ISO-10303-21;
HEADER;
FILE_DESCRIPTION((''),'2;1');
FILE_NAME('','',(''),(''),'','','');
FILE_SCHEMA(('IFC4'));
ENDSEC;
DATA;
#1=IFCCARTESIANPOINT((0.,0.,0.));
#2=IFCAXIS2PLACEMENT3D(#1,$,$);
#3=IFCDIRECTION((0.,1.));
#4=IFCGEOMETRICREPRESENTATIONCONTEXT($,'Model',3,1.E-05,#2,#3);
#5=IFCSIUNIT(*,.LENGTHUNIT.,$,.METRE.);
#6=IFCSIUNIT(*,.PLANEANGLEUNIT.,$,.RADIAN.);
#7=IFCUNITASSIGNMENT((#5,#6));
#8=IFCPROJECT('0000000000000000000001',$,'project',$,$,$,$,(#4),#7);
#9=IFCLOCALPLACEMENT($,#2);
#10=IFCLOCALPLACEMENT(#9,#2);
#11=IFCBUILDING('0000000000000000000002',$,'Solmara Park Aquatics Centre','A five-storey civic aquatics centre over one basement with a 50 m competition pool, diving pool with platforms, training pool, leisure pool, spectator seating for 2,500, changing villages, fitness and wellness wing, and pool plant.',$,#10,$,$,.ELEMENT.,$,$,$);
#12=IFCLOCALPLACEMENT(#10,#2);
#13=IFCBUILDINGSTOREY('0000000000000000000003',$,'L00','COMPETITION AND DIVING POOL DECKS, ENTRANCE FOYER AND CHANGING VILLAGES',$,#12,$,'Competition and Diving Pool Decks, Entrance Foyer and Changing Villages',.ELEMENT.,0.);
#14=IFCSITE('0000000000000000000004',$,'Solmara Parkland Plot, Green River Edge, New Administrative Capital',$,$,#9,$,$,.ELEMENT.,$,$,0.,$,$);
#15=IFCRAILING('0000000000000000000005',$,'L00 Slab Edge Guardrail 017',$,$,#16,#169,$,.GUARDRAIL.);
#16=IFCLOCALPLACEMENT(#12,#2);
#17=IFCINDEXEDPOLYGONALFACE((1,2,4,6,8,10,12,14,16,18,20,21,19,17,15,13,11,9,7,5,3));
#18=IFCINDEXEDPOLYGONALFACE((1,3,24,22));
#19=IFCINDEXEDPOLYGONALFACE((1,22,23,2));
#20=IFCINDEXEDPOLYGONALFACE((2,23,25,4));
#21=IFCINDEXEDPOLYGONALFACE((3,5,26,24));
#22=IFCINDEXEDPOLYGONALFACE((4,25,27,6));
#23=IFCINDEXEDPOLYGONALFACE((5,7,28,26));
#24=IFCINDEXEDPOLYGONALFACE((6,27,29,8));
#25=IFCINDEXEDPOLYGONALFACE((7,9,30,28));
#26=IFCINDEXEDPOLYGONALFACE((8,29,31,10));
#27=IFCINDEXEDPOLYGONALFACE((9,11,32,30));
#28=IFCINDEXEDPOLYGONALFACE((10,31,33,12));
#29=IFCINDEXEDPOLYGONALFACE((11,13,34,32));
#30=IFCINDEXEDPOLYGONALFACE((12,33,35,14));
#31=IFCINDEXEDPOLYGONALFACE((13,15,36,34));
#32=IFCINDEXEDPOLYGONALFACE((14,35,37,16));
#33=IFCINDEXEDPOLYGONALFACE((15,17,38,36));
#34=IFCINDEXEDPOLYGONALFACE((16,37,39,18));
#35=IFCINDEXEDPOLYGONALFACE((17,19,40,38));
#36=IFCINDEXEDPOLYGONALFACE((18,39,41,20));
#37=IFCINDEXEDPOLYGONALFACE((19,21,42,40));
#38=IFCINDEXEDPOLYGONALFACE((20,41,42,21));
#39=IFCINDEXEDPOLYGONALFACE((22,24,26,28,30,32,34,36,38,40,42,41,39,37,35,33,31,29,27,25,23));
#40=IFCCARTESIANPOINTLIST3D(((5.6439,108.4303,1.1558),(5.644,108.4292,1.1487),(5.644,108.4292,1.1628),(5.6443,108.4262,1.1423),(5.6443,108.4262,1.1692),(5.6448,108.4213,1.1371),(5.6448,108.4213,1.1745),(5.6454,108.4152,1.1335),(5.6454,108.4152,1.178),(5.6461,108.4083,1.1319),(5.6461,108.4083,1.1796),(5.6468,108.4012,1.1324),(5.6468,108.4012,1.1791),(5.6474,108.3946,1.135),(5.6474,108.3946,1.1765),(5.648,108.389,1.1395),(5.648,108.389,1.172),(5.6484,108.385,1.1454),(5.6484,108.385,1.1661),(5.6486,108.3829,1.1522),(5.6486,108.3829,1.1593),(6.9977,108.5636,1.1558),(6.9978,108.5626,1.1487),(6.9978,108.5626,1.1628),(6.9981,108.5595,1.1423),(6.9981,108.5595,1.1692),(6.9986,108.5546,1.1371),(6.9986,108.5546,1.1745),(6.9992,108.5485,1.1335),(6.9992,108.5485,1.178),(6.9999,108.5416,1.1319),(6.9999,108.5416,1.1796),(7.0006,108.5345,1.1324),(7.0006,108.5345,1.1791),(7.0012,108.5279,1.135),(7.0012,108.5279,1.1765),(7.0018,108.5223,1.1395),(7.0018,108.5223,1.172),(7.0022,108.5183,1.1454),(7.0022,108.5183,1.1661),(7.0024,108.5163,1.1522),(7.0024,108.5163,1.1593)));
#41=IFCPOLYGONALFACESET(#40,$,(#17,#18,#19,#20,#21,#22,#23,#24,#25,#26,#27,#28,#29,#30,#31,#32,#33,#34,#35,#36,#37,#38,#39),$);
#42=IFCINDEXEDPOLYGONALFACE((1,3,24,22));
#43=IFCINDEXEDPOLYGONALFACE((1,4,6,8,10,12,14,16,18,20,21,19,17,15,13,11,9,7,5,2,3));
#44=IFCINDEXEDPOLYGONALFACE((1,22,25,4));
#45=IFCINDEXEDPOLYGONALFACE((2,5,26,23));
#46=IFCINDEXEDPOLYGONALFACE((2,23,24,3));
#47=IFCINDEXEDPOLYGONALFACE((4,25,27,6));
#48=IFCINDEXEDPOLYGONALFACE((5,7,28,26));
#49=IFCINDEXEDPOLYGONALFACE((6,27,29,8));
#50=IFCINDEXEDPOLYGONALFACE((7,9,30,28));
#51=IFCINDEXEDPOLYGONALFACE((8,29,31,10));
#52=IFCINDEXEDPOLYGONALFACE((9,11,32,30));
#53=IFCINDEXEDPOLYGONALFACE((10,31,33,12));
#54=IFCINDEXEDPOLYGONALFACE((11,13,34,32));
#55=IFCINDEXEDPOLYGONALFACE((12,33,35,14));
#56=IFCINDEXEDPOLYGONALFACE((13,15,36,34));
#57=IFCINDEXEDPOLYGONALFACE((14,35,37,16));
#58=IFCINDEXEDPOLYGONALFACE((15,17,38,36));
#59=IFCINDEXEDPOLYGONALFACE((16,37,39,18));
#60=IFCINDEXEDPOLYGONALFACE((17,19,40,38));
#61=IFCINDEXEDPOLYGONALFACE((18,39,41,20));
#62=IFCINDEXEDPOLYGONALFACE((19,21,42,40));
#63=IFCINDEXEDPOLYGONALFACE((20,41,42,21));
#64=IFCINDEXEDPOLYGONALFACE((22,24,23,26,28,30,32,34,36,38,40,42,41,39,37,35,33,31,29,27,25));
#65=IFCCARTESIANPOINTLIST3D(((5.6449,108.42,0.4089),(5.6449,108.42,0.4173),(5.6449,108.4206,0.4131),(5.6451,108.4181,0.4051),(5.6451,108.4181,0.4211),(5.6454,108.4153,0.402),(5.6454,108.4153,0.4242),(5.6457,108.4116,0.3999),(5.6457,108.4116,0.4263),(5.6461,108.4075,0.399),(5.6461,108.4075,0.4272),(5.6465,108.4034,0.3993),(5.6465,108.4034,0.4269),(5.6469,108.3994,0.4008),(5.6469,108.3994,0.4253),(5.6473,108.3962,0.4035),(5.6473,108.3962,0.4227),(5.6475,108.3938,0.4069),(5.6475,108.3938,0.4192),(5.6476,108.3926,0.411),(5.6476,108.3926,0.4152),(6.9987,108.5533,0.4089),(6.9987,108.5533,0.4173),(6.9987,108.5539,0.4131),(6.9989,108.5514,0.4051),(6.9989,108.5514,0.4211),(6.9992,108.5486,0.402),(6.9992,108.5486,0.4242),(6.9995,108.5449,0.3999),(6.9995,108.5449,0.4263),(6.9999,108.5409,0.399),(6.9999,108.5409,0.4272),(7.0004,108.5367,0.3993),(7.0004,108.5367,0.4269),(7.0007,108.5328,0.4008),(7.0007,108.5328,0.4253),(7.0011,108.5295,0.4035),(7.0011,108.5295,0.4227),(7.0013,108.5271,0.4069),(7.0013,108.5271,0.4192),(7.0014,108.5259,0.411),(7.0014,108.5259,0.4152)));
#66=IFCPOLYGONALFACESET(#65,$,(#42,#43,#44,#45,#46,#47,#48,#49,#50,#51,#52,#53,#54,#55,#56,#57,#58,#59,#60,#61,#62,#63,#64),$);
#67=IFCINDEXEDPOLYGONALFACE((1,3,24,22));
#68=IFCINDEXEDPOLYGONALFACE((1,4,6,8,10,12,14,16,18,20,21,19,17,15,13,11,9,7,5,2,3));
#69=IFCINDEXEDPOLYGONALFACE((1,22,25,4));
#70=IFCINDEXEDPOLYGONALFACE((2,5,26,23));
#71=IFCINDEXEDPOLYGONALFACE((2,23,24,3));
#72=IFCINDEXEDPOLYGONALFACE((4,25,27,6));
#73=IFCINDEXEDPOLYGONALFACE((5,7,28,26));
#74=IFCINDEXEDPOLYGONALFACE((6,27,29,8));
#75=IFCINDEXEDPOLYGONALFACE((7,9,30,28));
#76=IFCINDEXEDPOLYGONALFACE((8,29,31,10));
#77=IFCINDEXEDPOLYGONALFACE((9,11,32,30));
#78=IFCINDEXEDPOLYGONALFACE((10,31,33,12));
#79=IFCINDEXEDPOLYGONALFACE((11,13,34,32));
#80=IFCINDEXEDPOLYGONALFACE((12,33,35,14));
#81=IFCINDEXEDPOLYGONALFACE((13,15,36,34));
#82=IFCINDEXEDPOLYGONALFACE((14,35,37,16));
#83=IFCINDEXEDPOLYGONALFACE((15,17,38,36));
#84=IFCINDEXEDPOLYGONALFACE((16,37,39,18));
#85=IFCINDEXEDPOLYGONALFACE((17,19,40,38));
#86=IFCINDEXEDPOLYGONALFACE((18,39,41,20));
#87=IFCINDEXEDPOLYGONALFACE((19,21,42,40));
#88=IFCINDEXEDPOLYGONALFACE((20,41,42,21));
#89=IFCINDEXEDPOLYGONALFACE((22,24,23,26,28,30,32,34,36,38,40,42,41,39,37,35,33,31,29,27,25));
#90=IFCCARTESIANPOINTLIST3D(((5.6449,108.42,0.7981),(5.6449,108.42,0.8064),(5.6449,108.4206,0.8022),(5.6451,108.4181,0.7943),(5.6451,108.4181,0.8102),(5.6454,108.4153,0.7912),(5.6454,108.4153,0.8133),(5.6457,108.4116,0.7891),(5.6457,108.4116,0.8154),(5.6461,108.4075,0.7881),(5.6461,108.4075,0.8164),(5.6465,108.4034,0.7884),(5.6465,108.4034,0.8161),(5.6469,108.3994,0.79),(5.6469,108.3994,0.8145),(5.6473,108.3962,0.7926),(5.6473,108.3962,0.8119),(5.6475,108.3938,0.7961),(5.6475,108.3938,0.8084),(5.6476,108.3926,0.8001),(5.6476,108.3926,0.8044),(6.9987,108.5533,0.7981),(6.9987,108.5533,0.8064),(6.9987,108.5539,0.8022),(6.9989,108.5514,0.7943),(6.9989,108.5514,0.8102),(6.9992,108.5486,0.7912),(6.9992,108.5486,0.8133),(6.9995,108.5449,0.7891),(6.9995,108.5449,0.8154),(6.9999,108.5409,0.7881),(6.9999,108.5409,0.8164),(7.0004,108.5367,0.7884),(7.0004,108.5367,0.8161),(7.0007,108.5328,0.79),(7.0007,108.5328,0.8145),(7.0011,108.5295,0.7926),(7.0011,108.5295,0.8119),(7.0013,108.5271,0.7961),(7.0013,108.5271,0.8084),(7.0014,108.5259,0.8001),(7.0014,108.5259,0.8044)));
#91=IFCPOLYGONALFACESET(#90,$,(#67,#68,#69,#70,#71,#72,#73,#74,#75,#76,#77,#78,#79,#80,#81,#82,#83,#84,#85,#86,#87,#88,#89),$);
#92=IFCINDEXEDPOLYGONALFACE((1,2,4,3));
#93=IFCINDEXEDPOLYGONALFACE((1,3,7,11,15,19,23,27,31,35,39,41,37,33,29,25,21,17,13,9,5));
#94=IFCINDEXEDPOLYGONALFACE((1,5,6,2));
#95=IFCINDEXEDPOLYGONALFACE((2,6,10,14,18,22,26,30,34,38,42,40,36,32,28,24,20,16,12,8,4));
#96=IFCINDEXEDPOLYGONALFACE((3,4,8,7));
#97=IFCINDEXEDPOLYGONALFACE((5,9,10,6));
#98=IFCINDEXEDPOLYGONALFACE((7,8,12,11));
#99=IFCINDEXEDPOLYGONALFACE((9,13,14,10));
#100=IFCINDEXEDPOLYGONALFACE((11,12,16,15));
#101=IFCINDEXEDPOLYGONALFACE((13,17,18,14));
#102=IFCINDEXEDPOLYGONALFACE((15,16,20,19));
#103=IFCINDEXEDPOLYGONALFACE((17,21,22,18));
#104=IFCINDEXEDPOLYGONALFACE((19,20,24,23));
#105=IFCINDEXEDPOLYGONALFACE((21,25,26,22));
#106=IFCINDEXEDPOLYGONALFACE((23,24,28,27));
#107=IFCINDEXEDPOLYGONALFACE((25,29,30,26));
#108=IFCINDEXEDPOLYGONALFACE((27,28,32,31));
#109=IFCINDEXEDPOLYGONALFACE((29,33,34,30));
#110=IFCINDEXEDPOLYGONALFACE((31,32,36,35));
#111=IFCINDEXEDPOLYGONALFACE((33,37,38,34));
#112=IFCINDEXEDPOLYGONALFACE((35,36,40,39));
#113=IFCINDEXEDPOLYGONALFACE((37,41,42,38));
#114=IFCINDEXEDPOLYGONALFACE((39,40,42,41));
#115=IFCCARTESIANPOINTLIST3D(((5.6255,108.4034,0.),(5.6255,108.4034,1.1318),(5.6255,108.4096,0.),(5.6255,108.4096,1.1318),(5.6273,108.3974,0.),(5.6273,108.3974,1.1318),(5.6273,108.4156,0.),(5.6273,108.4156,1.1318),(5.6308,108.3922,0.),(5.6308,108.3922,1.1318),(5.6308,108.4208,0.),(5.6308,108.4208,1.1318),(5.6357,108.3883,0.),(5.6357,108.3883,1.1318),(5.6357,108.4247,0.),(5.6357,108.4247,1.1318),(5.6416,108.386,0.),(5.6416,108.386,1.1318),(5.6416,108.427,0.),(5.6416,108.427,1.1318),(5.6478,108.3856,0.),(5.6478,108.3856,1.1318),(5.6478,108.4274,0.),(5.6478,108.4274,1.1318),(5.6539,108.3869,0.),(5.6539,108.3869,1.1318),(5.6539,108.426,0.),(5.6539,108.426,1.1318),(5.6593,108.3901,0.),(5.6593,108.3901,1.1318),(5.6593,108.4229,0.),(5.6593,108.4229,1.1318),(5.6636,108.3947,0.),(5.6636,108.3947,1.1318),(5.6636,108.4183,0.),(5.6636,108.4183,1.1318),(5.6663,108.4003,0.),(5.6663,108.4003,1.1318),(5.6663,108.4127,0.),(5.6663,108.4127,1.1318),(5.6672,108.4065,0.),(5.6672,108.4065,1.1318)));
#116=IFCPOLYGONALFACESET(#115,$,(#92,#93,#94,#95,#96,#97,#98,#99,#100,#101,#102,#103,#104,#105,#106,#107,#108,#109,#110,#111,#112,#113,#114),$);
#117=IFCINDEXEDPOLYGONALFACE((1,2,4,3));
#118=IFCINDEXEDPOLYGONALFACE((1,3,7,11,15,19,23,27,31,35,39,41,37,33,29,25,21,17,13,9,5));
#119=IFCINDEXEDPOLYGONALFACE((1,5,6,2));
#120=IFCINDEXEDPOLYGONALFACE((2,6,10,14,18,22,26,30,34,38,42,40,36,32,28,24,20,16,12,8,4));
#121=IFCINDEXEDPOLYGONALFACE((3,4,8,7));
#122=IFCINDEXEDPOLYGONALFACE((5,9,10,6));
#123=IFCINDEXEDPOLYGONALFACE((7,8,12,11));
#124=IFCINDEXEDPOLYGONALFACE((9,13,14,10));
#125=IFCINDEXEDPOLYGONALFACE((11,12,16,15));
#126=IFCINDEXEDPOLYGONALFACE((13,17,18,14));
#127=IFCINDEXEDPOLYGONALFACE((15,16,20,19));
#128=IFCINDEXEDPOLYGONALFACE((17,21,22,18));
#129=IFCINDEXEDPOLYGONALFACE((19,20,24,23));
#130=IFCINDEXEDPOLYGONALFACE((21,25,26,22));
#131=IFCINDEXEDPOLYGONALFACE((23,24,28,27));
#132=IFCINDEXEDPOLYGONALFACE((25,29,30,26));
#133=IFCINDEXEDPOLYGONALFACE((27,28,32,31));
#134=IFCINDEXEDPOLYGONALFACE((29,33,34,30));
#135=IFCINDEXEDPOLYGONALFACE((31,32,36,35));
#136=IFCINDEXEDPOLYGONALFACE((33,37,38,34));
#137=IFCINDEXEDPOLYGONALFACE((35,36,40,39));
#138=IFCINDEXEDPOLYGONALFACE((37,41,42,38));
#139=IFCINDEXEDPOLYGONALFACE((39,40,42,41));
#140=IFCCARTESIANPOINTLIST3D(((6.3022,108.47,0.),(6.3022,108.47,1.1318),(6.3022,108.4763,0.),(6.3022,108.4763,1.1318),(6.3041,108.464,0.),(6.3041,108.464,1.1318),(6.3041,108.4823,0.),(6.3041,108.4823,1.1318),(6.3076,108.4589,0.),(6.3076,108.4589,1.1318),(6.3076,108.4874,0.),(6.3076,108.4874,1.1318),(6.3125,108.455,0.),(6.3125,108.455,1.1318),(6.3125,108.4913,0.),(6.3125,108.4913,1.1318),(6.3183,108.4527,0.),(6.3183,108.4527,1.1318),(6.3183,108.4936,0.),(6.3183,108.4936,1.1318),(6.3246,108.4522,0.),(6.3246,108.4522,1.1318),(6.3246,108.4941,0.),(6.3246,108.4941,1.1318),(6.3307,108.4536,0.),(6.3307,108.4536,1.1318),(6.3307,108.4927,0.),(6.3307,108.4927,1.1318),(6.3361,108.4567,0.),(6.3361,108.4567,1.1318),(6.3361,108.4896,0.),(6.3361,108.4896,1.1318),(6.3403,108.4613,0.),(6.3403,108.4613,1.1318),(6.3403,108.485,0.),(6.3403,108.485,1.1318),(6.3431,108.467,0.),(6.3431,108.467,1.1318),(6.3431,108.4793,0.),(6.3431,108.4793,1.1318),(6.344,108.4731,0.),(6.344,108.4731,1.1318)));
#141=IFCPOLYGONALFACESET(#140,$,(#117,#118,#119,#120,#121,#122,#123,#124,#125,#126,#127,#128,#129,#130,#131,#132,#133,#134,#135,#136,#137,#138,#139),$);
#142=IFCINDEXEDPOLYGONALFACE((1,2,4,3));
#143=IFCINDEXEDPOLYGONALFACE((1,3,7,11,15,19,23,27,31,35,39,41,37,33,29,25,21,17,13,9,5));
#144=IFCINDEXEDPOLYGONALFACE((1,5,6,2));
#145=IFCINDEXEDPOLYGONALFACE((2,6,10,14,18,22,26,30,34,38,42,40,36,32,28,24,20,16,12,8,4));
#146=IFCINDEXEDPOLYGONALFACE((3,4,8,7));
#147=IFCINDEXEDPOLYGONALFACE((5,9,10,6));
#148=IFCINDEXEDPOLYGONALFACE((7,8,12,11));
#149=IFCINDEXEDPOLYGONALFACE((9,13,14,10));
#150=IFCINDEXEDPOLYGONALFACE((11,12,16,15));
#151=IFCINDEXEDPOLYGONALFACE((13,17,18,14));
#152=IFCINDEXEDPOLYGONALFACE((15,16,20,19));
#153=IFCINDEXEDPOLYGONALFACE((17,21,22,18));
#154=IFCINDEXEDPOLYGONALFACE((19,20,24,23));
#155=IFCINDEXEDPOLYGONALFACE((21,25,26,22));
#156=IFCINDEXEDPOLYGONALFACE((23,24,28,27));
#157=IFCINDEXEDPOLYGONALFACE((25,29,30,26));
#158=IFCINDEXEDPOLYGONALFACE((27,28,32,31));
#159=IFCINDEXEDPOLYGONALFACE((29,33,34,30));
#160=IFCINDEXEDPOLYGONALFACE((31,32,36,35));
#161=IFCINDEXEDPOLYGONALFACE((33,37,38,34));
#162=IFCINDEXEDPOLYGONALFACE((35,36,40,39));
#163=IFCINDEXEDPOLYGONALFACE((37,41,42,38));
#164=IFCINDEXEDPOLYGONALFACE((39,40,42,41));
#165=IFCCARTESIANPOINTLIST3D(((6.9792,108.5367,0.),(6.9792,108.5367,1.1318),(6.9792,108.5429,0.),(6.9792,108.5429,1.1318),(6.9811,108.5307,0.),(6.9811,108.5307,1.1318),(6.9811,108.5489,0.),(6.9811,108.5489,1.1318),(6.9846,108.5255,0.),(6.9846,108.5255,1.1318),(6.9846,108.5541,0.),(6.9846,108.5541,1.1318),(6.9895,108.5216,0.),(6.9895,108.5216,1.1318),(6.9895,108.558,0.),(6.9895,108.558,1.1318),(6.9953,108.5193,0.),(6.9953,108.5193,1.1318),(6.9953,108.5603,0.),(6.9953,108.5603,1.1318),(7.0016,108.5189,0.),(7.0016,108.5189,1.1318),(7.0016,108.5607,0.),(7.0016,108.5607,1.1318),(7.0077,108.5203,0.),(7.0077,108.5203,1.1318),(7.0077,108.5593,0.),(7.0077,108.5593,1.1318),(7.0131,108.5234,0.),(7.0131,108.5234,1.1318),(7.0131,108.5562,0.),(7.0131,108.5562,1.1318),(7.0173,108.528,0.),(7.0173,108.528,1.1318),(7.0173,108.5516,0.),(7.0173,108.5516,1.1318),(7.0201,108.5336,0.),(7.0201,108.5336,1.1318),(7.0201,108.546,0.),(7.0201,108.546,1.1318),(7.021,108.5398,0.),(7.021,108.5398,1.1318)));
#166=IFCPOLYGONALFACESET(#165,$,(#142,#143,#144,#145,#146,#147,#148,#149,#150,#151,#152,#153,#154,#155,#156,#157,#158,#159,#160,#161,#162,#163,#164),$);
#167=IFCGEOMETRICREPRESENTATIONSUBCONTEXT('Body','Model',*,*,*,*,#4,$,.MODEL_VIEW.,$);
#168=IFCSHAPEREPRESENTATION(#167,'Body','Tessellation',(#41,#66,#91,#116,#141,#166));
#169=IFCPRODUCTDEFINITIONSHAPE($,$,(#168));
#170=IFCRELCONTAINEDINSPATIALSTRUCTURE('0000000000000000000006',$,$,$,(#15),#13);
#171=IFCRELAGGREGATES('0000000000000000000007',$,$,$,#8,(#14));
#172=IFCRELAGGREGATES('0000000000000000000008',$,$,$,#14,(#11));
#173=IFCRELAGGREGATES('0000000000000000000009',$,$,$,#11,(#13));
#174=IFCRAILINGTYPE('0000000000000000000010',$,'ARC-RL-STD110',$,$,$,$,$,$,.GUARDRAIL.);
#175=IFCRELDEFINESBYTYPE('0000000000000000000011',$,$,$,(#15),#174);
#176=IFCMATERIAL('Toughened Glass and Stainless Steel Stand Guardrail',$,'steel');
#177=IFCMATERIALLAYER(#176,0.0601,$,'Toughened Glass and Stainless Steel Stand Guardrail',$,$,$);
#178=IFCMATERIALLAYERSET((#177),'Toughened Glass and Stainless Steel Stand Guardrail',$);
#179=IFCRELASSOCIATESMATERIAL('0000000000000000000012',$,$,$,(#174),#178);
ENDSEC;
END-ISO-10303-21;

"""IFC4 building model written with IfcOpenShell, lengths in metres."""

from ifc_helpers import new_model, si_unit, direction, frame, origin, origin_2d, place, context, subcontext, project, spatial, circle, extrude, material, layer, layer_set, type_object, element, save


model = new_model("IFC4")

# Units and contexts
model_context = context("Model", 3, precision=1e-05, world=origin(), true_north=direction((0.0, 1.0)))
body_context = subcontext(model_context, "Body", "Model", "MODEL_VIEW")
ifc_project = project(units=[si_unit("LENGTHUNIT", "METRE"), si_unit("PLANEANGLEUNIT", "RADIAN")], contexts=[model_context])

# Site, building, storey
site_placement = place(None, origin())
site = spatial("IfcSite", under=ifc_project, at=site_placement, Name="Solmara Parkland Plot, Green River Edge, New Administrative Capital", CompositionType="ELEMENT", RefElevation=0.0)
building_placement = place(site_placement, origin())
building = spatial("IfcBuilding", under=site, at=building_placement, Name="Solmara Park Aquatics Centre", Description="A five-storey civic aquatics centre over one basement with a 50 m competition pool, diving pool with platforms, training pool, leisure pool, spectator seating for 2,500, changing villages, fitness and wellness wing, and pool plant.", CompositionType="ELEMENT")
storey_placement = place(building_placement, origin())
storey = spatial("IfcBuildingStorey", under=building, at=storey_placement, Name="L00", Description="COMPETITION AND DIVING POOL DECKS, ENTRANCE FOYER AND CHANGING VILLAGES", LongName="Competition and Diving Pool Decks, Entrance Foyer and Changing Villages", CompositionType="ELEMENT", Elevation=0.0)

# Railing
ifc_material_1 = material(Name="Toughened Glass and Stainless Steel Stand Guardrail", Category="steel")
ifc_layer_1 = layer(ifc_material_1, 0.0601, Name="Toughened Glass and Stainless Steel Stand Guardrail")
ifc_layer_set_1 = layer_set([ifc_layer_1], Name="Toughened Glass and Stainless Steel Stand Guardrail")
railing_type = type_object("IfcRailingType", Name="ARC-RL-STD110", PredefinedType="GUARDRAIL", material=ifc_layer_set_1)
railing_1_placement = place(storey_placement, frame((5.6462, 108.4065, 0.0)))
element("IfcRailing", 1, at=railing_1_placement, inside=storey, type_object=railing_type, Name="L00 Slab Edge Guardrail 017", PredefinedType="GUARDRAIL", context=body_context, shape_type="SweptSolid", body=[
    extrude(circle(Radius=0.0239, at=origin_2d()), frame((0.0, 0.0, 1.1558), z_axis=(0.995187, 0.097993, 0.0), x_axis=(-0.097993, 0.995187, 0.0)), (0.0, 0.0, 1.0), 1.3604),
    extrude(circle(Radius=0.0142, at=origin_2d()), frame((0.0, 0.0, 0.4131), z_axis=(0.995187, 0.097993, 0.0), x_axis=(-0.097993, 0.995187, 0.0)), (0.0, 0.0, 1.0), 1.3604),
    extrude(circle(Radius=0.0142, at=origin_2d()), frame((0.0, 0.0, 0.8022), z_axis=(0.995187, 0.097993, 0.0), x_axis=(-0.097993, 0.995187, 0.0)), (0.0, 0.0, 1.0), 1.3604),
    extrude(circle(Radius=0.021, at=origin_2d()), origin(), (0.0, 0.0, 1.0), 1.1318),
    extrude(circle(Radius=0.021, at=origin_2d()), frame((0.6768, 0.0667, 0.0)), (0.0, 0.0, 1.0), 1.1318),
    extrude(circle(Radius=0.021, at=origin_2d()), frame((1.3538, 0.1333, 0.0)), (0.0, 0.0, 1.0), 1.1318),
])

save(model, "model.ifc")
